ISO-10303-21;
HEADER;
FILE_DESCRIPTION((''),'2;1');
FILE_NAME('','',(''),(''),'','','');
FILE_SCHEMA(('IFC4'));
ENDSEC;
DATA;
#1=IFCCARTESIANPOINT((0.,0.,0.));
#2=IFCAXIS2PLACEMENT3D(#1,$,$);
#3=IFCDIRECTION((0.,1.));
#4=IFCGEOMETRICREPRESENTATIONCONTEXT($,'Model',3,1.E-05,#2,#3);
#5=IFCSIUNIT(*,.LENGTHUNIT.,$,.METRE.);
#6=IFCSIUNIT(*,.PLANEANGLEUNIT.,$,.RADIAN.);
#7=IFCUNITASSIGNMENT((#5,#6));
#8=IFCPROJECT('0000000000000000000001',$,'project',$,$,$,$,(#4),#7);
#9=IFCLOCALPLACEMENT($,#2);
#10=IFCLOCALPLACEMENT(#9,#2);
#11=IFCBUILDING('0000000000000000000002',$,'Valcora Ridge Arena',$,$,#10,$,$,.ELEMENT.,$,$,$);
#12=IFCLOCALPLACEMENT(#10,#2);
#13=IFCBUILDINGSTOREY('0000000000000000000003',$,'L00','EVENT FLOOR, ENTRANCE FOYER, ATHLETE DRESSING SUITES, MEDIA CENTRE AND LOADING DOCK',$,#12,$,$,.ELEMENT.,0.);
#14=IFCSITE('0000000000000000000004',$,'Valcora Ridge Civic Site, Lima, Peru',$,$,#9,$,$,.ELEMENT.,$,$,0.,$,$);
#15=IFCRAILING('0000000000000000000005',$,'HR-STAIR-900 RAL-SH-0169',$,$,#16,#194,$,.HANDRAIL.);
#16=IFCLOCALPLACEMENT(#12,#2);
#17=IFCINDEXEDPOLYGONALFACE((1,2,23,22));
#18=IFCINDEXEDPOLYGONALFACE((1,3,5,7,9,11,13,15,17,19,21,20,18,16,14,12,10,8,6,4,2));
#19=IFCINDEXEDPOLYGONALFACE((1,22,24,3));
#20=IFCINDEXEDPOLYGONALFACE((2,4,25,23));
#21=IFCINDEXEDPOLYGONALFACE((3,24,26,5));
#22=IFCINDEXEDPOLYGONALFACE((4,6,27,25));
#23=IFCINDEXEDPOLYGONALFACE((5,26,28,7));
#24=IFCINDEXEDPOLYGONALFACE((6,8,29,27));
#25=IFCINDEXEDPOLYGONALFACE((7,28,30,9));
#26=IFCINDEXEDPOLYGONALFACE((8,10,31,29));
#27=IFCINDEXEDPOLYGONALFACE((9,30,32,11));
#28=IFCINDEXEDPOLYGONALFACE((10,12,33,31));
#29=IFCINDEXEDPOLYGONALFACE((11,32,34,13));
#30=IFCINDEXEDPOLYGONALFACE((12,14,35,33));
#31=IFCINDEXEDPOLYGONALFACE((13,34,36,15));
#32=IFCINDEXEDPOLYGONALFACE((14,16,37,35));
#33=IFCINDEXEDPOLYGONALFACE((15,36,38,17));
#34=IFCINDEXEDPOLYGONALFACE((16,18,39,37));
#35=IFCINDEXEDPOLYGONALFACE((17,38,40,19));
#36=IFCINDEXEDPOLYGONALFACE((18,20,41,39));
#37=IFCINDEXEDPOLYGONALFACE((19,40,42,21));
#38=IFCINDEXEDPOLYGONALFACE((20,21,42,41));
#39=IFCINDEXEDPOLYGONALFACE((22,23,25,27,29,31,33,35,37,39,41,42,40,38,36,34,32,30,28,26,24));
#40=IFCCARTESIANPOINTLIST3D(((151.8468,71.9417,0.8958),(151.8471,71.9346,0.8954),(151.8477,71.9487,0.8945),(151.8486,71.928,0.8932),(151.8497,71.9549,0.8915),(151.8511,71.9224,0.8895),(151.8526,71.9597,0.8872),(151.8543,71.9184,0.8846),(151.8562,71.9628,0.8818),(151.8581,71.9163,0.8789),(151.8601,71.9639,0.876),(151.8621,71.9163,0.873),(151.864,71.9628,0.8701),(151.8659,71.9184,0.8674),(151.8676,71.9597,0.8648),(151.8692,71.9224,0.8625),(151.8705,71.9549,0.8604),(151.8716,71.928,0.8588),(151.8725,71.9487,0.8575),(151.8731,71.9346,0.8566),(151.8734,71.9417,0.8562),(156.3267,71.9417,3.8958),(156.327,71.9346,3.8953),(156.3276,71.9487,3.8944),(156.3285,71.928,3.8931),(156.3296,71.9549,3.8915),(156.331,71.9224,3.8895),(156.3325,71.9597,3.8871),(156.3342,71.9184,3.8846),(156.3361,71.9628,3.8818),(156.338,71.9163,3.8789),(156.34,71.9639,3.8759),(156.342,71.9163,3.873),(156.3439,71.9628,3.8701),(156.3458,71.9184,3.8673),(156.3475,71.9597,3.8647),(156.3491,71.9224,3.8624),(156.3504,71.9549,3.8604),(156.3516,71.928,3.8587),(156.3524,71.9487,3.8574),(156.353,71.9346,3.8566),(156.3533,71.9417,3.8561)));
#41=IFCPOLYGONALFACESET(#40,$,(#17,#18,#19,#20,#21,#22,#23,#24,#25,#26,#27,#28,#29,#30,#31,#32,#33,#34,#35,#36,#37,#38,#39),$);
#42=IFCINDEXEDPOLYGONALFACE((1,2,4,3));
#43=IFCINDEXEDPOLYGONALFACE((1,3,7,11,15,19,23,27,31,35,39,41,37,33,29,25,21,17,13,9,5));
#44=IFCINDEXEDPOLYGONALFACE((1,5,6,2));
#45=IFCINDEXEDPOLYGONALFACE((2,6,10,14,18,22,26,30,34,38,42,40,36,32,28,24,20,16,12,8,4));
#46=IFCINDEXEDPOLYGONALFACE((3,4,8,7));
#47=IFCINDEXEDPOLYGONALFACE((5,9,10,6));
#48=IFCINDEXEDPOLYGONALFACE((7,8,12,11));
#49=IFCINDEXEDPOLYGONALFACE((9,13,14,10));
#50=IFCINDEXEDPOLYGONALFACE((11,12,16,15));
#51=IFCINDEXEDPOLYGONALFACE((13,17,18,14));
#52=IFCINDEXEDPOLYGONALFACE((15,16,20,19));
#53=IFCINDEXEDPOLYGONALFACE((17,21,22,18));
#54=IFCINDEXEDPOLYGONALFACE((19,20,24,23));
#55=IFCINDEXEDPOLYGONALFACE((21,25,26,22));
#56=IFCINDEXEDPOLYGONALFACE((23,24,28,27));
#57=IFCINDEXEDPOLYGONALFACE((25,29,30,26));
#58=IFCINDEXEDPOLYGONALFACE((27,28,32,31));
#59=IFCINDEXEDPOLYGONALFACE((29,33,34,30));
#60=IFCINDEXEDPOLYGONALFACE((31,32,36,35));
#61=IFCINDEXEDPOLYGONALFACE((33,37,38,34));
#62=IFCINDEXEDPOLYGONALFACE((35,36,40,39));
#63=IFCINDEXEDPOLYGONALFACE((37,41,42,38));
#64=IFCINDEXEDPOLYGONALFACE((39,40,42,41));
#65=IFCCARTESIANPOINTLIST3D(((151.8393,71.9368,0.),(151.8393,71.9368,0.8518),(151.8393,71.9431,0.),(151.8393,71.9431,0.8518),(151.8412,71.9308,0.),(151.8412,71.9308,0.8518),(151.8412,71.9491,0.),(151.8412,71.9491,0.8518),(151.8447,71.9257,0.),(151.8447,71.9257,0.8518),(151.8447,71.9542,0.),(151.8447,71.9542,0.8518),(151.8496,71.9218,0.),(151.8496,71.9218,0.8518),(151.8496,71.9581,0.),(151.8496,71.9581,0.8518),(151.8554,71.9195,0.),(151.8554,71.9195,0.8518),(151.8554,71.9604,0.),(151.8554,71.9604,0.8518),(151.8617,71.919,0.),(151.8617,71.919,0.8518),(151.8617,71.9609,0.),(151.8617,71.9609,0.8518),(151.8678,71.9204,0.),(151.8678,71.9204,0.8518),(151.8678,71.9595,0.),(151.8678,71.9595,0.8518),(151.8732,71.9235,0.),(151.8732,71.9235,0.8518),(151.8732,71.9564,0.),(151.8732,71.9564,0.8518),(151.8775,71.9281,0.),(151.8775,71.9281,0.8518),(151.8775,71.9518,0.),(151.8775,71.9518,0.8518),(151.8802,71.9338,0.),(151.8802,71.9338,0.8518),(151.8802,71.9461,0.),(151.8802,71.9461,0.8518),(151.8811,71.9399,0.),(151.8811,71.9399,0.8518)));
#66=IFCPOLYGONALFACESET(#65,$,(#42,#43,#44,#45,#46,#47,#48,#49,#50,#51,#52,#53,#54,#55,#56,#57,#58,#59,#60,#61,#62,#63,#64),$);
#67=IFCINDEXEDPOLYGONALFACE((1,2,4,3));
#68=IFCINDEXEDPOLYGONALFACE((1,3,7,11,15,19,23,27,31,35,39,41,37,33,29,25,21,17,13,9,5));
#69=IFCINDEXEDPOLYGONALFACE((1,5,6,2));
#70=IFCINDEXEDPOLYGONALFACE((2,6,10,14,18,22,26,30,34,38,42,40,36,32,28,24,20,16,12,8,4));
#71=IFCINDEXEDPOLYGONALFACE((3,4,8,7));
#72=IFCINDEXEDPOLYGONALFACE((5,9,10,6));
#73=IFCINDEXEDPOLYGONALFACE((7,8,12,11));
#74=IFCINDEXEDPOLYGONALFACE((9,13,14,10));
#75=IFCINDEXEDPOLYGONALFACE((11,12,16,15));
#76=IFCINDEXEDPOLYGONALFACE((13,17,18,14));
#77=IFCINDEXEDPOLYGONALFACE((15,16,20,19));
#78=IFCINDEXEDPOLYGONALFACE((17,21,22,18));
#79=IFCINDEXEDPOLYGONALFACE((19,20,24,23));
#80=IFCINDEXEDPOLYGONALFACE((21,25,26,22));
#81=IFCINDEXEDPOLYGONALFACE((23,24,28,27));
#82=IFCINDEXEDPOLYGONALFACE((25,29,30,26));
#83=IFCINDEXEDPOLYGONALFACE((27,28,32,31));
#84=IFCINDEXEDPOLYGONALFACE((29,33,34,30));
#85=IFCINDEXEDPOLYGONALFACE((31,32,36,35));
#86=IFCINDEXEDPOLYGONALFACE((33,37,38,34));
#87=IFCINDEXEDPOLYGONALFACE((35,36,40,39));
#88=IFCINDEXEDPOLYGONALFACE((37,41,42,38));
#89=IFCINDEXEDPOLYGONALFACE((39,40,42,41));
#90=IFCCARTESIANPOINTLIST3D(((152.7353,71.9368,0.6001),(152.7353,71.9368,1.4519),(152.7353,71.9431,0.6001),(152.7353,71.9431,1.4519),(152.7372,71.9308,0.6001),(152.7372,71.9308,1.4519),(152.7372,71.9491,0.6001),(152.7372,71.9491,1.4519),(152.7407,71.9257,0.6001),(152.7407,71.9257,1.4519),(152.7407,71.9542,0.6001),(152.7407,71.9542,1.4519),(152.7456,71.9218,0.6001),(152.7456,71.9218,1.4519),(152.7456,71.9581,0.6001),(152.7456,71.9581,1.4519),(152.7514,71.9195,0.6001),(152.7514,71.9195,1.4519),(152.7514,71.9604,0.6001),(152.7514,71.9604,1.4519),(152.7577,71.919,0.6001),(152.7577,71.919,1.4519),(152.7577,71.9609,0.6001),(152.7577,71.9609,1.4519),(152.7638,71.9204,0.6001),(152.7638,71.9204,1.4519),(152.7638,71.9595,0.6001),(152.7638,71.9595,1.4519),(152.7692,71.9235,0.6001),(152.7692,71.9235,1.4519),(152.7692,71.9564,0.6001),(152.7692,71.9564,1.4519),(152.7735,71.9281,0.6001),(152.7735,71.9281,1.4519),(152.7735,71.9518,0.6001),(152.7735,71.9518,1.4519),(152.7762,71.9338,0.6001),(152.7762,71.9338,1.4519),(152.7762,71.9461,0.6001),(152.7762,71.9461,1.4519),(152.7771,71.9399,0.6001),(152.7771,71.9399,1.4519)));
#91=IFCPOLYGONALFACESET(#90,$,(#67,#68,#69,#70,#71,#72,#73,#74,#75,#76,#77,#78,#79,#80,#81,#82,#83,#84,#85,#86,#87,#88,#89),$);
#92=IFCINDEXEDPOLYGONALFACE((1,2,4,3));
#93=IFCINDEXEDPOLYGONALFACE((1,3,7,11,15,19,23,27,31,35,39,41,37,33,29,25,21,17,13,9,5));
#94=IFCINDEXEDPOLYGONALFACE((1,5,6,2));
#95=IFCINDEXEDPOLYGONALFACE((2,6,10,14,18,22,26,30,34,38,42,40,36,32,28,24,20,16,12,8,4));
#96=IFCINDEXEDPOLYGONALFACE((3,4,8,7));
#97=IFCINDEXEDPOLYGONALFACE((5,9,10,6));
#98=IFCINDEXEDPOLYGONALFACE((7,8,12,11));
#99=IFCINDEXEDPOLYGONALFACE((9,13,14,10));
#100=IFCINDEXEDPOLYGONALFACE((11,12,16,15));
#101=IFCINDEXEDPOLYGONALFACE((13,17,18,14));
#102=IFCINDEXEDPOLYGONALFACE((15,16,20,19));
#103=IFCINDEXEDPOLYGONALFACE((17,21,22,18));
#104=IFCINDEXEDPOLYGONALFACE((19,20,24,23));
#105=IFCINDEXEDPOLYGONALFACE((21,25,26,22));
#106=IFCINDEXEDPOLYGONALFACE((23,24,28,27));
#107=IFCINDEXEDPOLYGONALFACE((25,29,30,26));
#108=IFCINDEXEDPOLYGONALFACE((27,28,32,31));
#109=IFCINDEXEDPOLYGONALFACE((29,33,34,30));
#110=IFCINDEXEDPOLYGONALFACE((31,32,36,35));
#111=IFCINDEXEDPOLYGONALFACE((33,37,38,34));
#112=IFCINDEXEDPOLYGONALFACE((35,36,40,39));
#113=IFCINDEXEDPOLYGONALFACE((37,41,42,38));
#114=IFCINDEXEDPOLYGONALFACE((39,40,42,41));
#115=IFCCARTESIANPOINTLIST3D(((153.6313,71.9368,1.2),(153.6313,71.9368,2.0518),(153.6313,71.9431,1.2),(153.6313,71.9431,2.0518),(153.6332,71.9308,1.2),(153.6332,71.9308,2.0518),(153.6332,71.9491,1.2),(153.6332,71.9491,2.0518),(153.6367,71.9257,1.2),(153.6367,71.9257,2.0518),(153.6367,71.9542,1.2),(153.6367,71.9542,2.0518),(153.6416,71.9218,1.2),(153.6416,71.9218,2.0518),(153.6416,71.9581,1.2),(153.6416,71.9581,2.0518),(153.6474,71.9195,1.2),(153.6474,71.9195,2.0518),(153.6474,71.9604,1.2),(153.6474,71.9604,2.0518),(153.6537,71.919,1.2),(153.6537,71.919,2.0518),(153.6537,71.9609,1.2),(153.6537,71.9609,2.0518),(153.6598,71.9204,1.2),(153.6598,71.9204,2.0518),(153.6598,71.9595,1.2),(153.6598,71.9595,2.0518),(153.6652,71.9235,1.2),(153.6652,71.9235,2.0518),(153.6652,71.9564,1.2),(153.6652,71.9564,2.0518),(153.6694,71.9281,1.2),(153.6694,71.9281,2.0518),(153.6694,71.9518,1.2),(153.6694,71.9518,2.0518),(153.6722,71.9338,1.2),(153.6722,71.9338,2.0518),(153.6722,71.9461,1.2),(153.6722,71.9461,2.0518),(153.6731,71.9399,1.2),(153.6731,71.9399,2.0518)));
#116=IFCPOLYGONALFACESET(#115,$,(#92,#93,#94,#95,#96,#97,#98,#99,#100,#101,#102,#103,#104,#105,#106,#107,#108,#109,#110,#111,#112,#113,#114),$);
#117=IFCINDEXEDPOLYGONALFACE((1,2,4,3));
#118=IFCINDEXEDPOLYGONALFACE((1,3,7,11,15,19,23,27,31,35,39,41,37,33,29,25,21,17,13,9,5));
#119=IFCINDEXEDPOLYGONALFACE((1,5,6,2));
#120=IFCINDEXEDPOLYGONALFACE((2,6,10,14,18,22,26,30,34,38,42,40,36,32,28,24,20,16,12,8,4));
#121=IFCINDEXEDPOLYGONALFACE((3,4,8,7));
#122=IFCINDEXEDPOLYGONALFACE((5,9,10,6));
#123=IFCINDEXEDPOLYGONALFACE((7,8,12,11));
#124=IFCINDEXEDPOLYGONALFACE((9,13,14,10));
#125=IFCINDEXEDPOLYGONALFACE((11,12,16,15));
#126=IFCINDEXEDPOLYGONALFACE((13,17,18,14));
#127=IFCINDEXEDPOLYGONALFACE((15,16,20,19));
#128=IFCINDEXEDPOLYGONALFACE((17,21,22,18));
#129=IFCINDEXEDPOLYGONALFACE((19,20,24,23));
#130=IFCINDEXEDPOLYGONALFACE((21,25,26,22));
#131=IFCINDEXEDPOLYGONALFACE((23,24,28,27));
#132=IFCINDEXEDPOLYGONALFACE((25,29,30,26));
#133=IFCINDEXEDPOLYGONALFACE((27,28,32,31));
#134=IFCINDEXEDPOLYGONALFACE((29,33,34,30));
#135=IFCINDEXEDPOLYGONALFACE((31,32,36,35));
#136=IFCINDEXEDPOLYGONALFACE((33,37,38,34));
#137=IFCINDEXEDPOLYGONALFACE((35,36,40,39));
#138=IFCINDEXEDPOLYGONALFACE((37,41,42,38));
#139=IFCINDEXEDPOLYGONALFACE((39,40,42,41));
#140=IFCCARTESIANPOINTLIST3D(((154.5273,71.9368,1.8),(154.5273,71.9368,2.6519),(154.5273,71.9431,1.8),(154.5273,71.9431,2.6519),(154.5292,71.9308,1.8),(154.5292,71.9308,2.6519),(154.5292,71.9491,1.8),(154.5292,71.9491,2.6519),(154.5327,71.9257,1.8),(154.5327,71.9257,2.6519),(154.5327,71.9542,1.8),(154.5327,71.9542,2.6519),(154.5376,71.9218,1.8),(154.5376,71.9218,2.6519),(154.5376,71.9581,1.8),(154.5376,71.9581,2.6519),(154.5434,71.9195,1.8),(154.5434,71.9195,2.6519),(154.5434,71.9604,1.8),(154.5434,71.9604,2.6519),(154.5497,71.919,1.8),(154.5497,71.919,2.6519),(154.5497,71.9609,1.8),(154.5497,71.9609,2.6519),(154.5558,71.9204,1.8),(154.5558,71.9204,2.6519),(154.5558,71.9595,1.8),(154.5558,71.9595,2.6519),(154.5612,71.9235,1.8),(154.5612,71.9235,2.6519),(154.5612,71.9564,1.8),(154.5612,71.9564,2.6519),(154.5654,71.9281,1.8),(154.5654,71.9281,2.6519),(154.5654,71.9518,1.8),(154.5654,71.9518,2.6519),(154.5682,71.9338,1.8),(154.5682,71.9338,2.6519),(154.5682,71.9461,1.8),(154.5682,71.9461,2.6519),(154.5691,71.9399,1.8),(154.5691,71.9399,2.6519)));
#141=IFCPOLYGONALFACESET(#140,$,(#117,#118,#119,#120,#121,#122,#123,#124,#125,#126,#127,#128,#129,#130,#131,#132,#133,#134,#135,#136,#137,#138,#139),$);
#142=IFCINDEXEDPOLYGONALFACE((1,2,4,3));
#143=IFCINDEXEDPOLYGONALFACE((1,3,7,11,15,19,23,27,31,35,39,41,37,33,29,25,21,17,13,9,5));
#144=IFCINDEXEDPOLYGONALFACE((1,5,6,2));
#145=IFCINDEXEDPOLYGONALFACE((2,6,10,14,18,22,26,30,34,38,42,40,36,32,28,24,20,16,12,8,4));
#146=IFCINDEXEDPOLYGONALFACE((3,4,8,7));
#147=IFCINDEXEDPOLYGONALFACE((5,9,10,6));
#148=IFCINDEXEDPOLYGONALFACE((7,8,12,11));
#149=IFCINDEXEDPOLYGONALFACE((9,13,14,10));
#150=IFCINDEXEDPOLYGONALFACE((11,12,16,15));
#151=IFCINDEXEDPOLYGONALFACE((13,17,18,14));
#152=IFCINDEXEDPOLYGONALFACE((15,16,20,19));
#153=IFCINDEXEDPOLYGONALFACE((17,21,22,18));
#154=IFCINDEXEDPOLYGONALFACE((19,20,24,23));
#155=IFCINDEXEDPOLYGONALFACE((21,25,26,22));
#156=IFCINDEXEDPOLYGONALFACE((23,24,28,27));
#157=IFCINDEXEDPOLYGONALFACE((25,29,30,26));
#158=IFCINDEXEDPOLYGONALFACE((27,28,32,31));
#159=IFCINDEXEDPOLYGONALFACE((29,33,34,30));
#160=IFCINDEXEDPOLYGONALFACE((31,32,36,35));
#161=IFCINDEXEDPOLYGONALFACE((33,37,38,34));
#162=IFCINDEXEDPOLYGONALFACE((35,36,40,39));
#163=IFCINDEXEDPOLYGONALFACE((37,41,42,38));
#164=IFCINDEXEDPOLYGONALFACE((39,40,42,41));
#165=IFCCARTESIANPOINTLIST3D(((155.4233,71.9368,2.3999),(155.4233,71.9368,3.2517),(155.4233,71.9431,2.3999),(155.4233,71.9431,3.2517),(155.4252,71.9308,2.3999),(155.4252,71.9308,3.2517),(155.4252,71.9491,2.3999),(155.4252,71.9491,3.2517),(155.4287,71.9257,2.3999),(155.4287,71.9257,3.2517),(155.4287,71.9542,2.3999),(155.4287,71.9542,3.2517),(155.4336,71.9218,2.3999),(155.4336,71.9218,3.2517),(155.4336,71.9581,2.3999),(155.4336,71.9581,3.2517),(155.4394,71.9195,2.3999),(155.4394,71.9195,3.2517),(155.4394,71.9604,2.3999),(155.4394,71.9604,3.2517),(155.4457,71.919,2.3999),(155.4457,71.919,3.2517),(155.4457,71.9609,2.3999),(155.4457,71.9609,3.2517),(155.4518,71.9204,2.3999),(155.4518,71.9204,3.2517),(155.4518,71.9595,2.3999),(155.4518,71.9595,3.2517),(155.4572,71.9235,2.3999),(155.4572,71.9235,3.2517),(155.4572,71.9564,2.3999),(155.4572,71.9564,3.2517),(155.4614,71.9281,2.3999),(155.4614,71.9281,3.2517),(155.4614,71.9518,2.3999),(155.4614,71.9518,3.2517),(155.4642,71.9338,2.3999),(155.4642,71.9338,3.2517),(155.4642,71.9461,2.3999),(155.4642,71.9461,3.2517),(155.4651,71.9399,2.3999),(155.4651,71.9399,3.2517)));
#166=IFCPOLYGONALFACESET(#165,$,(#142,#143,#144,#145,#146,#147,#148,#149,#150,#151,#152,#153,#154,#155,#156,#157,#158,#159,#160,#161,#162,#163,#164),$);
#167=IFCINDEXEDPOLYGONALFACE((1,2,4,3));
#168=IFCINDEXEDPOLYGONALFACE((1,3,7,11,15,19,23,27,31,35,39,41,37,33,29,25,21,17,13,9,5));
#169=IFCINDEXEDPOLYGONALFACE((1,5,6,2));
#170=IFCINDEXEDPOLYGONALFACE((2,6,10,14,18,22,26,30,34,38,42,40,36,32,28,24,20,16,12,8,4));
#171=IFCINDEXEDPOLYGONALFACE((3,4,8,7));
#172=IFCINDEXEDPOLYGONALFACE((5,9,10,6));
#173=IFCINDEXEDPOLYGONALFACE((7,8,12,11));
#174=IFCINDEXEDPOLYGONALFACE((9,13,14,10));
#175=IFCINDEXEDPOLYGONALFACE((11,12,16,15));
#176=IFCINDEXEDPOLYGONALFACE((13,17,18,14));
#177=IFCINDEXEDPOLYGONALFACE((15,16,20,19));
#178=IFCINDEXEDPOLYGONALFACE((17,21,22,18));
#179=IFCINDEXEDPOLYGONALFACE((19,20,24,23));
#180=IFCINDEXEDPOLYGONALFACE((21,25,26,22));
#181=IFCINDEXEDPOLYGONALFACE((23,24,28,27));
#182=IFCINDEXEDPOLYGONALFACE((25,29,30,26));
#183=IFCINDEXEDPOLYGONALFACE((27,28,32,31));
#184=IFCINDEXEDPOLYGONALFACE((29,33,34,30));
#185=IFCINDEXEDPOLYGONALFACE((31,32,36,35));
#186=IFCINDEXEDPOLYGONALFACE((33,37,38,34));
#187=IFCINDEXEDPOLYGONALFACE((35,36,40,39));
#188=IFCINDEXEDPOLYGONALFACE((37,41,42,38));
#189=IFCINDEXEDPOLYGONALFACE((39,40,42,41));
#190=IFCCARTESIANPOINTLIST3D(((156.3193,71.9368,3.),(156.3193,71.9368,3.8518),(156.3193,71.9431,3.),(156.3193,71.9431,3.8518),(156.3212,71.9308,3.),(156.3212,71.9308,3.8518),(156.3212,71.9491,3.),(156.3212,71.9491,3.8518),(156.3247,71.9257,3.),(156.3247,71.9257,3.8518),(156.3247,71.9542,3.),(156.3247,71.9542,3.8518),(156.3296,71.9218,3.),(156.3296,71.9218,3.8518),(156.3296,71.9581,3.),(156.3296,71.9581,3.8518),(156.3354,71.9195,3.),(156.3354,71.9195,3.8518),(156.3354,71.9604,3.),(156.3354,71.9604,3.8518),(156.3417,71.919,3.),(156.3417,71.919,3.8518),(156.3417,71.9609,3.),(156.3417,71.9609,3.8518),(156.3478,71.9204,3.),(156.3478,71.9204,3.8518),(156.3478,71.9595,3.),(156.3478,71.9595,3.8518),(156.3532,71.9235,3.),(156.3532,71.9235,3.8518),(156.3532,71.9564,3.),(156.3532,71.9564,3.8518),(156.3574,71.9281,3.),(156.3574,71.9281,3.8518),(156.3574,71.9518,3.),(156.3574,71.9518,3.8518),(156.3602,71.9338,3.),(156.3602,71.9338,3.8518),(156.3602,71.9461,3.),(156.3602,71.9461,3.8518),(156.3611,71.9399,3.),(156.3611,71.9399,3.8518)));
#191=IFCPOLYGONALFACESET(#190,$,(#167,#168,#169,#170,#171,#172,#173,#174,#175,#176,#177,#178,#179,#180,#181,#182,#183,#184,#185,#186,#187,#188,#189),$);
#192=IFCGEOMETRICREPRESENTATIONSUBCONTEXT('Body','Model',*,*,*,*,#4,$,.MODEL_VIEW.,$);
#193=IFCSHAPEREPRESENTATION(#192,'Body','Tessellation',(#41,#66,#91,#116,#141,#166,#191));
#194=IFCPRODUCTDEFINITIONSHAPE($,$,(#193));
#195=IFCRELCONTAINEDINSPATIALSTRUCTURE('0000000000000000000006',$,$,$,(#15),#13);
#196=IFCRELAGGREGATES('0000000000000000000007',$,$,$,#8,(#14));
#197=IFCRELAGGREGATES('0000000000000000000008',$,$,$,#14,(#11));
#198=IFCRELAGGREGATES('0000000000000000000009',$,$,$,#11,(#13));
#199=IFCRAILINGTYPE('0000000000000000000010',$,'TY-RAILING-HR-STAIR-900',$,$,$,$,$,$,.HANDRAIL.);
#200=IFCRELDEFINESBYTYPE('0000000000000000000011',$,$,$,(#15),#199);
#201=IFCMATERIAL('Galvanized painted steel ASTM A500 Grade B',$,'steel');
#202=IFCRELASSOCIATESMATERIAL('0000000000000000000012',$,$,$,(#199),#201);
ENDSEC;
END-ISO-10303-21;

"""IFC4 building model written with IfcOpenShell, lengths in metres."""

from ifc_helpers import new_model, si_unit, direction, frame, origin, origin_2d, place, context, subcontext, project, spatial, circle, extrude, material, type_object, element, save


model = new_model("IFC4")

# Units and contexts
model_context = context("Model", 3, precision=1e-05, world=origin(), true_north=direction((0.0, 1.0)))
body_context = subcontext(model_context, "Body", "Model", "MODEL_VIEW")
ifc_project = project(units=[si_unit("LENGTHUNIT", "METRE"), si_unit("PLANEANGLEUNIT", "RADIAN")], contexts=[model_context])

# Site, building, storey
site_placement = place(None, origin())
site = spatial("IfcSite", under=ifc_project, at=site_placement, Name="Valcora Ridge Civic Site, Lima, Peru", CompositionType="ELEMENT", RefElevation=0.0)
building_placement = place(site_placement, origin())
building = spatial("IfcBuilding", under=site, at=building_placement, Name="Valcora Ridge Arena", CompositionType="ELEMENT")
storey_placement = place(building_placement, origin())
storey = spatial("IfcBuildingStorey", under=building, at=storey_placement, Name="L00", Description="EVENT FLOOR, ENTRANCE FOYER, ATHLETE DRESSING SUITES, MEDIA CENTRE AND LOADING DOCK", CompositionType="ELEMENT", Elevation=0.0)

# Railing
ifc_material_1 = material(Name="Galvanized painted steel ASTM A500 Grade B", Category="steel")
railing_type_1 = type_object("IfcRailingType", Name="TY-RAILING-HR-STAIR-900", PredefinedType="HANDRAIL", material=ifc_material_1)
railing_1_placement = place(storey_placement, frame((151.8601, 71.9399, 0.0)))
element("IfcRailing", 1, at=railing_1_placement, inside=storey, type_object=railing_type_1, Name="HR-STAIR-900 RAL-SH-0169", PredefinedType="HANDRAIL", context=body_context, shape_type="SweptSolid", body=[
    extrude(circle(Radius=0.0239, at=origin_2d()), frame((0.0, 0.0, 0.876), z_axis=(0.830906, 0.0, 0.556413), x_axis=(0.0, 1.0, 0.0)), (0.0, 0.0, 1.0), 5.3916),
    extrude(circle(Radius=0.021, at=origin_2d()), origin(), (0.0, 0.0, 1.0), 0.8518),
    extrude(circle(Radius=0.021, at=origin_2d()), frame((0.896, 0.0, 0.6001)), (0.0, 0.0, 1.0), 0.8518),
    extrude(circle(Radius=0.021, at=origin_2d()), frame((1.792, 0.0, 1.2)), (0.0, 0.0, 1.0), 0.8518),
    extrude(circle(Radius=0.021, at=origin_2d()), frame((2.688, 0.0, 1.8)), (0.0, 0.0, 1.0), 0.8518),
    extrude(circle(Radius=0.021, at=origin_2d()), frame((3.584, 0.0, 2.3999)), (0.0, 0.0, 1.0), 0.8518),
    extrude(circle(Radius=0.021, at=origin_2d()), frame((4.48, 0.0, 3.0)), (0.0, 0.0, 1.0), 0.8518),
])

save(model, "model.ifc")
